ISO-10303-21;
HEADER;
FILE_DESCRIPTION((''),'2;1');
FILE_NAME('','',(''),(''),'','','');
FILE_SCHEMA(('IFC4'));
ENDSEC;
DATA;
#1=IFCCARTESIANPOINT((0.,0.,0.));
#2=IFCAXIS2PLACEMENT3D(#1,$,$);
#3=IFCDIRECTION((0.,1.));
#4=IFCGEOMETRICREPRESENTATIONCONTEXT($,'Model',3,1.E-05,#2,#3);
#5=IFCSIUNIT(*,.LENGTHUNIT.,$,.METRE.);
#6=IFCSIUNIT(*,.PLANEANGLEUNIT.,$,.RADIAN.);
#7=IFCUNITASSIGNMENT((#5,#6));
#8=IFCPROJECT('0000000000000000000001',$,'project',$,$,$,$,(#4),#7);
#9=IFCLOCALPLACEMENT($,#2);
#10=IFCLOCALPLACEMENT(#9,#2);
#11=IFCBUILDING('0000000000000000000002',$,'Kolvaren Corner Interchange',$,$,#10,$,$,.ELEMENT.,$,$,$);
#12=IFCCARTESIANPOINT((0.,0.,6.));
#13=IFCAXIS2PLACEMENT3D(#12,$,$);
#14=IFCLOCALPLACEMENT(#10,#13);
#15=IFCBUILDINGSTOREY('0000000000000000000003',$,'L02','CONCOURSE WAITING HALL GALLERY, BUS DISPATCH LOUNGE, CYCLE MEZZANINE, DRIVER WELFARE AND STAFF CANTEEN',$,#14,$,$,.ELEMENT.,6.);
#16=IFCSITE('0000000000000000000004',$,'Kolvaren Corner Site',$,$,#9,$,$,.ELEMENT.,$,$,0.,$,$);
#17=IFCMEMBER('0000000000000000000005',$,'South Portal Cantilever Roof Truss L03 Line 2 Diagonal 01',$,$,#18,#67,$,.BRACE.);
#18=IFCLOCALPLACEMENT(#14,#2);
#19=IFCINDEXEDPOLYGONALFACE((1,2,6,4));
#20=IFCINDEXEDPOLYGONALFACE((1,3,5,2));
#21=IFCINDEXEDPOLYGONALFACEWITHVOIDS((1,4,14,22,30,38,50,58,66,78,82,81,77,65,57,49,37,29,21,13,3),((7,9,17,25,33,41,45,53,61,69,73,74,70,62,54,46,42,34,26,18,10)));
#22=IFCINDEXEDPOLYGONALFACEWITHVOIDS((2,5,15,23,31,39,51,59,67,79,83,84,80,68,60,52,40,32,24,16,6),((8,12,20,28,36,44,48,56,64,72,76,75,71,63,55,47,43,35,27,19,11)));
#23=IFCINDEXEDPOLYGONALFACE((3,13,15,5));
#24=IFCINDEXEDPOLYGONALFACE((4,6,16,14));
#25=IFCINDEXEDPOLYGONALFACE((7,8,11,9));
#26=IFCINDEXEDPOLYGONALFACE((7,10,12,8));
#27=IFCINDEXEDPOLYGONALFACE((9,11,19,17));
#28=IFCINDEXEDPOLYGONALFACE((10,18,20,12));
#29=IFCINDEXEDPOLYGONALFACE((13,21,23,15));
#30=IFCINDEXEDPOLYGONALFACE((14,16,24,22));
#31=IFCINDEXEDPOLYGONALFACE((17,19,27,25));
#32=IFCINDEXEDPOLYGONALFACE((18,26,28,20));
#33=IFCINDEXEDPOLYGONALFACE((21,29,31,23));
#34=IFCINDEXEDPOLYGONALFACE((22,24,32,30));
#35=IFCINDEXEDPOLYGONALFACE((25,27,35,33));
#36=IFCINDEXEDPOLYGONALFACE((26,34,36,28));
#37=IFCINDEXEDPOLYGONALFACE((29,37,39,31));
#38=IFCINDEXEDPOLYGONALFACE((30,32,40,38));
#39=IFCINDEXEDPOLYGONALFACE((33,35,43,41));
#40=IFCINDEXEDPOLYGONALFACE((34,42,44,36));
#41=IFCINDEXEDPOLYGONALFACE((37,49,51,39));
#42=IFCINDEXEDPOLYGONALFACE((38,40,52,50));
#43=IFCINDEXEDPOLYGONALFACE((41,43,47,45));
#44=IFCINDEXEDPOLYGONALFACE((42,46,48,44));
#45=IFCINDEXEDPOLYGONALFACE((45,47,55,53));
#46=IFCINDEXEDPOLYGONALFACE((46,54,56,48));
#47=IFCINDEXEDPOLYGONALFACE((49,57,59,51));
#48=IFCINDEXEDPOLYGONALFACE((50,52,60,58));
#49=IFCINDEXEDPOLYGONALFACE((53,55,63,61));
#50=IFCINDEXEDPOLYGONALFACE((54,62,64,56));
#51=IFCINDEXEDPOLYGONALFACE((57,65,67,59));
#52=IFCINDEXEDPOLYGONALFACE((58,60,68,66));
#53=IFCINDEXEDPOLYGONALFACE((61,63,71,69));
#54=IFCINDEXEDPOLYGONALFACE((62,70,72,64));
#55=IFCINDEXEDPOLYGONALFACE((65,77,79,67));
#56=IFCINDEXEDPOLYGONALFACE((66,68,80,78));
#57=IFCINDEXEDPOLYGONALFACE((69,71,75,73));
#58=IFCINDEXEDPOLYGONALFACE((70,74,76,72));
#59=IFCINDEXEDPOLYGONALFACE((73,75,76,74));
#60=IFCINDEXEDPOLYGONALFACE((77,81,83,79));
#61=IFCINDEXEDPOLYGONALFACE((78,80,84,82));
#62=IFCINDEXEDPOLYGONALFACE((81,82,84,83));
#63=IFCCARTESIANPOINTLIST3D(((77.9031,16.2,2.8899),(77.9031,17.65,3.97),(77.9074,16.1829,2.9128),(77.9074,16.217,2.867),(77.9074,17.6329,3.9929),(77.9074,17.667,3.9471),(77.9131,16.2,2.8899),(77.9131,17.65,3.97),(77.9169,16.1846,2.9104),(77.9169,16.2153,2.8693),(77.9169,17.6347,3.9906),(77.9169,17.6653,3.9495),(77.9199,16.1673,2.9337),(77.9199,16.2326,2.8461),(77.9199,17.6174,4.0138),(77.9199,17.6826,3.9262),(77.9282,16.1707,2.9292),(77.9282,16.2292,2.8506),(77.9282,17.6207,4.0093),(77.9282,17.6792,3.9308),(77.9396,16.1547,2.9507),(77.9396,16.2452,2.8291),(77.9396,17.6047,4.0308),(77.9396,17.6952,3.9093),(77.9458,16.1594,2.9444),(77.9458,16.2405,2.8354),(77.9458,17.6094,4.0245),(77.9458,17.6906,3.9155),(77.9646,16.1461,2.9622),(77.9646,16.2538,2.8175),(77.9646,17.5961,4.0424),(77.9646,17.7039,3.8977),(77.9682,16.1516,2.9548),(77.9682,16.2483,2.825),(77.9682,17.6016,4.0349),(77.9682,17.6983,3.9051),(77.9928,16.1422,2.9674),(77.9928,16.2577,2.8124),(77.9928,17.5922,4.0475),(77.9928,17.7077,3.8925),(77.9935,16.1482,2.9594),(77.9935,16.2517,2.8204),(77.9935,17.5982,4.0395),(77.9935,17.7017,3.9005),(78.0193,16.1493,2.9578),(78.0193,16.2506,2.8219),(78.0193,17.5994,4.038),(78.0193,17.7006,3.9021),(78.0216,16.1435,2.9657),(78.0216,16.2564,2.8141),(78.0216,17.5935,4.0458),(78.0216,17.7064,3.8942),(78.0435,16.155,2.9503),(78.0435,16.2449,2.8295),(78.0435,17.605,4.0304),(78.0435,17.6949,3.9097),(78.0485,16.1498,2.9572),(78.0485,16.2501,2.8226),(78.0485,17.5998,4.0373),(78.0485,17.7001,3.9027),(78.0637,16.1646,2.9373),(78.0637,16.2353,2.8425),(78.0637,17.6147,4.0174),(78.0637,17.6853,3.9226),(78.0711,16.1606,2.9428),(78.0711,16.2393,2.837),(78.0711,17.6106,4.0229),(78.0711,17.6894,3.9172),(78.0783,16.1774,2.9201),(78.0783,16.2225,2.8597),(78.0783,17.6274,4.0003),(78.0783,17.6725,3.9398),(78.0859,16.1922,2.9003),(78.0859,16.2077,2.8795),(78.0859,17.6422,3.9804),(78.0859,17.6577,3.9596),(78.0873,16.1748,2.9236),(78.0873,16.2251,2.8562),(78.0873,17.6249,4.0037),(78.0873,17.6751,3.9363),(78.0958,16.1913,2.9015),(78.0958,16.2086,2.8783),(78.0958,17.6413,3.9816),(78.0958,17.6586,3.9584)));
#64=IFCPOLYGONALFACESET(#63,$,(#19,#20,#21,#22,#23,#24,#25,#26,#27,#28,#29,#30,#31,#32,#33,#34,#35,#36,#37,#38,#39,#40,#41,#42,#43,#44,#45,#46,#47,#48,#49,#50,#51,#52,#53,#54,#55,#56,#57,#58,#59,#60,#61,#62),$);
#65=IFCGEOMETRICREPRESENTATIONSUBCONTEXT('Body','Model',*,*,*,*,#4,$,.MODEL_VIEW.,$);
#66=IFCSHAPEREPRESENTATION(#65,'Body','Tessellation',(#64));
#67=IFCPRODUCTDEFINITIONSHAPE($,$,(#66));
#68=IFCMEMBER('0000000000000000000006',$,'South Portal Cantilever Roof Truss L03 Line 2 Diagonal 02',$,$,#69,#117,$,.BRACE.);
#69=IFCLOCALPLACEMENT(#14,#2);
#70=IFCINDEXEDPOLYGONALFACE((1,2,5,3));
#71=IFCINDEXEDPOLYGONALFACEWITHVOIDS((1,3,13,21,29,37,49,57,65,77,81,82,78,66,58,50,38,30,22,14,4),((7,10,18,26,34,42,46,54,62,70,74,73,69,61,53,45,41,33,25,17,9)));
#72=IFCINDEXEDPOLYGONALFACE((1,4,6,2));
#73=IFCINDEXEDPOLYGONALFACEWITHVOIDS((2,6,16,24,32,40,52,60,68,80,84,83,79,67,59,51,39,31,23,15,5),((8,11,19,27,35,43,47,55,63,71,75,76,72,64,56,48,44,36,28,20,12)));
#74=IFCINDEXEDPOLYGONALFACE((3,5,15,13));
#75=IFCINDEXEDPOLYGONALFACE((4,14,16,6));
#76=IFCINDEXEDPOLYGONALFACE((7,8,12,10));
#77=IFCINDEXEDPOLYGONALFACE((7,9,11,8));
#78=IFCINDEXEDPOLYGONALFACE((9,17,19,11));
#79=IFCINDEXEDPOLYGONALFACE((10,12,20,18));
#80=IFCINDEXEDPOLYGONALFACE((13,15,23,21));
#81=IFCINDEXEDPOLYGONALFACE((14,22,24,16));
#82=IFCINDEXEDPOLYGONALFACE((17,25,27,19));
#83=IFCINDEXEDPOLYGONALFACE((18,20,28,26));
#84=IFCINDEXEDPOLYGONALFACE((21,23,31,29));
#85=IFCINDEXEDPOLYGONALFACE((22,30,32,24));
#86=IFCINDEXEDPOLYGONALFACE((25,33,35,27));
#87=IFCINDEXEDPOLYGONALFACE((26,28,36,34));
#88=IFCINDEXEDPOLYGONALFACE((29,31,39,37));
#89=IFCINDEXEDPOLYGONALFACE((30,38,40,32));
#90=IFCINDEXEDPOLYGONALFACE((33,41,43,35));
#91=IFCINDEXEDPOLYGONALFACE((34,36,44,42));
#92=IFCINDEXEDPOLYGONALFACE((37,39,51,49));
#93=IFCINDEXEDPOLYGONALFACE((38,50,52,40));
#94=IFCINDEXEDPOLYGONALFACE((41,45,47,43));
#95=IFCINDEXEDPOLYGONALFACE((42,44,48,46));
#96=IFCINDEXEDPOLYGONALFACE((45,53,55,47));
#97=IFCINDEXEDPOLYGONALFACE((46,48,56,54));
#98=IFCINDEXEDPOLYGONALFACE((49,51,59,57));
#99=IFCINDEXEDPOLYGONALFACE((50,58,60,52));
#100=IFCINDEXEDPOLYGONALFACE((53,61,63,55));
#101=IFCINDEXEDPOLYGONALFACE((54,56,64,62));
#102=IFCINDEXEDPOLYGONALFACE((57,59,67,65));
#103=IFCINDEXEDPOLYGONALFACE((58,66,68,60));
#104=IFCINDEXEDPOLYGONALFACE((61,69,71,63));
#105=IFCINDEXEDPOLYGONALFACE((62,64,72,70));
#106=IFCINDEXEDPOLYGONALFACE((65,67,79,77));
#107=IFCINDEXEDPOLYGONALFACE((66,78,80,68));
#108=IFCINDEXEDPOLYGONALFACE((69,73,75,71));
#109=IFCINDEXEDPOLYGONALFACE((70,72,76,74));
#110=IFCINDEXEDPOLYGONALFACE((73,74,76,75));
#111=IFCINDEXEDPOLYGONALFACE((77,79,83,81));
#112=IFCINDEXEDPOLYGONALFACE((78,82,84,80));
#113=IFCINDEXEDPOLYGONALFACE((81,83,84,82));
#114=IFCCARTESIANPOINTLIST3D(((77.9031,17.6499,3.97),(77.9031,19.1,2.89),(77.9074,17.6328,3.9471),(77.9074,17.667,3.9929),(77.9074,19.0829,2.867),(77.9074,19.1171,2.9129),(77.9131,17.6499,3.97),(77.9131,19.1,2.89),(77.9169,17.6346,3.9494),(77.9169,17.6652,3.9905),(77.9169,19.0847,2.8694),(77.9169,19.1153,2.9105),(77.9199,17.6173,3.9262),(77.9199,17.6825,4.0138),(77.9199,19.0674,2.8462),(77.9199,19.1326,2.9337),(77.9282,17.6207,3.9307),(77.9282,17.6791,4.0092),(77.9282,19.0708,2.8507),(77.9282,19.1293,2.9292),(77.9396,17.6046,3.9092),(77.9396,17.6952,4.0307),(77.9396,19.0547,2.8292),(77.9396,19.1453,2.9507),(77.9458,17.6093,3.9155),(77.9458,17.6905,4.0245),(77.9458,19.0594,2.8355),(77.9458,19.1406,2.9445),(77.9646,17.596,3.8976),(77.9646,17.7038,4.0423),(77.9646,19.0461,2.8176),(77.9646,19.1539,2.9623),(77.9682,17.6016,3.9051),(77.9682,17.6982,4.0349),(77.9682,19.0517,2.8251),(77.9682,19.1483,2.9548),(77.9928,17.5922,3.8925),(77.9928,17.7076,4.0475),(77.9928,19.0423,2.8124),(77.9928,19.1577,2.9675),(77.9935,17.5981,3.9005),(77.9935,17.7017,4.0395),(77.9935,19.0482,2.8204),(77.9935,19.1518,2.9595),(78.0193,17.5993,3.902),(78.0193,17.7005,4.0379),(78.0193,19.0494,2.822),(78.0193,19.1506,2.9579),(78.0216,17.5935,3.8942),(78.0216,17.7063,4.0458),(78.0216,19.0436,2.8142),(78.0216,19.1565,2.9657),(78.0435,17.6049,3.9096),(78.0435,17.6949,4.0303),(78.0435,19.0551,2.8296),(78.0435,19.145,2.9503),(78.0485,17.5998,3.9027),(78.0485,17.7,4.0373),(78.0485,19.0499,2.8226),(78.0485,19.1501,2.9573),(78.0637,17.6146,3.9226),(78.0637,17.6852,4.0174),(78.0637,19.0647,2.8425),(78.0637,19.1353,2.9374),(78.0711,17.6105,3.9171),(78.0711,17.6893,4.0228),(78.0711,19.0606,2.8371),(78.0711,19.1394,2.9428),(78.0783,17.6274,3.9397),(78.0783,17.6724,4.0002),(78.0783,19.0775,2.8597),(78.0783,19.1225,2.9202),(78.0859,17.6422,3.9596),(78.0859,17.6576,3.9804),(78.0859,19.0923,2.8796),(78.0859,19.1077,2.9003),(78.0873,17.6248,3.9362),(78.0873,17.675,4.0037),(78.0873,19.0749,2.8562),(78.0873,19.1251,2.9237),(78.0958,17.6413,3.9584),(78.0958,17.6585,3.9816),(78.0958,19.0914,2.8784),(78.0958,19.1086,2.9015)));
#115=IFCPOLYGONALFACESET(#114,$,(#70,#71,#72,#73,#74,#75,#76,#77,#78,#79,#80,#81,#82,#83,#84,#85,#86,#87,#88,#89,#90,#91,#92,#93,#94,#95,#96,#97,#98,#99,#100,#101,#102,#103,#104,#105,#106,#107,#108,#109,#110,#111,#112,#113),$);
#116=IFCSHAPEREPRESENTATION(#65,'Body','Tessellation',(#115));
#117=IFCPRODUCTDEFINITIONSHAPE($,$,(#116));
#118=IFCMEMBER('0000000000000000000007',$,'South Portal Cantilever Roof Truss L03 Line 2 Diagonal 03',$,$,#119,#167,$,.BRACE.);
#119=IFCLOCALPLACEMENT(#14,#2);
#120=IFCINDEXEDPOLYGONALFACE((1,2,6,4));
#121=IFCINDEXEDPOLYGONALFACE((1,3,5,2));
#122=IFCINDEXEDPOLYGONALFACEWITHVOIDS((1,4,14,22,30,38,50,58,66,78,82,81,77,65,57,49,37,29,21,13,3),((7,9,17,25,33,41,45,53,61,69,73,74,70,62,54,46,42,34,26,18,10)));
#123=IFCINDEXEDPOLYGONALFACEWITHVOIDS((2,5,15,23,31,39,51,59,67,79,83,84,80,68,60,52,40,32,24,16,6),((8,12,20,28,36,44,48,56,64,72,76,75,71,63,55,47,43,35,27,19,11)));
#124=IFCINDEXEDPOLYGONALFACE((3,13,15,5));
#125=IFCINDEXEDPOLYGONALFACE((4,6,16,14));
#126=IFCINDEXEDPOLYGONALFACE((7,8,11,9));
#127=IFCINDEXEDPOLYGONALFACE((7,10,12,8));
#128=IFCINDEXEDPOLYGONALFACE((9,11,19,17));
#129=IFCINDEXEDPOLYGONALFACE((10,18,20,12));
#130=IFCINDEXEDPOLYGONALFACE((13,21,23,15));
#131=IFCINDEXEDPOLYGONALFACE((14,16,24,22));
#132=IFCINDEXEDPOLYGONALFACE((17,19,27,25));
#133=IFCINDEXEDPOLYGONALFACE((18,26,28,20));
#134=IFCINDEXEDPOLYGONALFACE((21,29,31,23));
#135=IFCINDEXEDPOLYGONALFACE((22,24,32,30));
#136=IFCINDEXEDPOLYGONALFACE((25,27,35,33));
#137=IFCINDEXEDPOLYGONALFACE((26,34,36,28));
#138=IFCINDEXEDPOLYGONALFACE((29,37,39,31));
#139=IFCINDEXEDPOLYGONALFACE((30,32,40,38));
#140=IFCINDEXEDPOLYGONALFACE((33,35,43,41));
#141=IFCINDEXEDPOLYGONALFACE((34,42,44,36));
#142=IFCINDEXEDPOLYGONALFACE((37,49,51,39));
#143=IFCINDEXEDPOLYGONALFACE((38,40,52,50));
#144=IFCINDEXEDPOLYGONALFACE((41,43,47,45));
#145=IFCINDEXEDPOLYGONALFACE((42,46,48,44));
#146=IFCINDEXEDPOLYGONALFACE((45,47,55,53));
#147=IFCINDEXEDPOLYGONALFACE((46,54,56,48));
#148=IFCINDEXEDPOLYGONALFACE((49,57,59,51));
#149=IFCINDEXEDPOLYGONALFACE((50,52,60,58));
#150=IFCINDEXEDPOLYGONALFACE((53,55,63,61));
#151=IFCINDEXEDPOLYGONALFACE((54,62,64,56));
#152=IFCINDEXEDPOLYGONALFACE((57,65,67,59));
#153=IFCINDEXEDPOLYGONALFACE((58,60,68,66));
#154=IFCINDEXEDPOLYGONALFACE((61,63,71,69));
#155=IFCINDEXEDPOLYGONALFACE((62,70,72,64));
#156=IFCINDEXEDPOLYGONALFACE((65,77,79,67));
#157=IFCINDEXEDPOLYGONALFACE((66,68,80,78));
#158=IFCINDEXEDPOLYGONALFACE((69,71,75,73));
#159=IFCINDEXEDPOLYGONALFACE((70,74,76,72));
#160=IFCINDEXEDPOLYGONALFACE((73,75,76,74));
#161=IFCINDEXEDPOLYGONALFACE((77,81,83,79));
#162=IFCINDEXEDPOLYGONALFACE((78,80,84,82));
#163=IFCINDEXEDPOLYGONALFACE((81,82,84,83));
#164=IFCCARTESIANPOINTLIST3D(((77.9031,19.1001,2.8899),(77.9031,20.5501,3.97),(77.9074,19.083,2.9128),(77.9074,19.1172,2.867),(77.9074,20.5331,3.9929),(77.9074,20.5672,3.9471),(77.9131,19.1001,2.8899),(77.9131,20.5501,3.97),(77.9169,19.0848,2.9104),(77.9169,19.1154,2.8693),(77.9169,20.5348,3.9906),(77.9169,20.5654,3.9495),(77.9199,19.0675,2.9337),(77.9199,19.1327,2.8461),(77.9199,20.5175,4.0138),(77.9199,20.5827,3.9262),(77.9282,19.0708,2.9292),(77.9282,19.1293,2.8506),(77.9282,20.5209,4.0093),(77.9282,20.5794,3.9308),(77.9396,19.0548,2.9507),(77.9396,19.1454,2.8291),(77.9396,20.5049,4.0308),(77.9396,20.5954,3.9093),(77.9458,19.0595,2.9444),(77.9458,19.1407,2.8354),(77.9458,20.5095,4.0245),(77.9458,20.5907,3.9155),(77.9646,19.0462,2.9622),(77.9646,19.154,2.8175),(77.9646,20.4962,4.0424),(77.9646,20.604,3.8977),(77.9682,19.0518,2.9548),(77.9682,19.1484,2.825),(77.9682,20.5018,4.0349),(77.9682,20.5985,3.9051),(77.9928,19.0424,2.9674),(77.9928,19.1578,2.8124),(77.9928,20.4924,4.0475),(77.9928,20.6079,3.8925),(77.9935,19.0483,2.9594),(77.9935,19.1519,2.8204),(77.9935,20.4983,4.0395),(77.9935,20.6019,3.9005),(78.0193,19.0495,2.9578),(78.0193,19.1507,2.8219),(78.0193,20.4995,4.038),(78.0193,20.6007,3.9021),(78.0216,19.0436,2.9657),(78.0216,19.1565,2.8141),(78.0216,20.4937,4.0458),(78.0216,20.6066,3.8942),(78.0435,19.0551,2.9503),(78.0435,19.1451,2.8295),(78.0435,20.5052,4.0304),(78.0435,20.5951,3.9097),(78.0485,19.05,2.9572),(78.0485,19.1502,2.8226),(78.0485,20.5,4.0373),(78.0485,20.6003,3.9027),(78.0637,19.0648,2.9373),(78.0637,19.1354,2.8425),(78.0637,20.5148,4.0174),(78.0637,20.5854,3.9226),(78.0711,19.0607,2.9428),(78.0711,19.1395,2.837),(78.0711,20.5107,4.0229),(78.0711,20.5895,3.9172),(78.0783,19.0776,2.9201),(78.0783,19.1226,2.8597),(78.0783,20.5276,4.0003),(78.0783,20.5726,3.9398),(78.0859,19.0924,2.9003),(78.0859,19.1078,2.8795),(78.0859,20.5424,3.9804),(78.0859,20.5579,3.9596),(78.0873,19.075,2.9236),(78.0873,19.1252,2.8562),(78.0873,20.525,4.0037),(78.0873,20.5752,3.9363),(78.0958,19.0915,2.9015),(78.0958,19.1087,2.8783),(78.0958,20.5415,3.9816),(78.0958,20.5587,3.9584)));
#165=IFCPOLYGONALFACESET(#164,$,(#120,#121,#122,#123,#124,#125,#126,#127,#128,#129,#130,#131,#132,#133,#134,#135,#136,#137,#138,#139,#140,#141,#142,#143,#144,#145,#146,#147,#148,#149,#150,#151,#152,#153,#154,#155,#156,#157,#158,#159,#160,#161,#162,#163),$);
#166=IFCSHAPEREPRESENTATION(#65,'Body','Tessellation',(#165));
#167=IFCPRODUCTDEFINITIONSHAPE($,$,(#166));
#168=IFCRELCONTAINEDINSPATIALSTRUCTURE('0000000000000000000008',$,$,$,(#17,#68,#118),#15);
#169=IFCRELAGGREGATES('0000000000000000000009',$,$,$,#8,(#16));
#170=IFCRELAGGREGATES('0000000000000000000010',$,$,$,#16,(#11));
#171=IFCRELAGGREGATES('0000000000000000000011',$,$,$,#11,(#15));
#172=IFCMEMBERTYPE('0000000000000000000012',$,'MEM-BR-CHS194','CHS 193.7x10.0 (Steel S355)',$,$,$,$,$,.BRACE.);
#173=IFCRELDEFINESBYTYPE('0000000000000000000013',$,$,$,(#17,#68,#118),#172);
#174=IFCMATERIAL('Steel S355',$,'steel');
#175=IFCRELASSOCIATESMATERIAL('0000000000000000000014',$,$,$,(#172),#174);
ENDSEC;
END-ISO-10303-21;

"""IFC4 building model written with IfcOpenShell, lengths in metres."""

from ifc_helpers import new_model, si_unit, direction, frame, origin, origin_2d, place, context, subcontext, project, spatial, hollow_circle, extrude, material, material_profile, profile_set, type_object, element, save


model = new_model("IFC4")

# Units and contexts
model_context = context("Model", 3, precision=1e-05, world=origin(), true_north=direction((0.0, 1.0)))
body_context = subcontext(model_context, "Body", "Model", "MODEL_VIEW")
ifc_project = project(units=[si_unit("LENGTHUNIT", "METRE"), si_unit("PLANEANGLEUNIT", "RADIAN")], contexts=[model_context])

# Site, building, storey
site_placement = place(None, origin())
site = spatial("IfcSite", under=ifc_project, at=site_placement, Name="Kolvaren Corner Site", CompositionType="ELEMENT", RefElevation=0.0)
building_placement = place(site_placement, origin())
building = spatial("IfcBuilding", under=site, at=building_placement, Name="Kolvaren Corner Interchange", CompositionType="ELEMENT")
storey_placement = place(building_placement, frame((0.0, 0.0, 6.0)))
storey = spatial("IfcBuildingStorey", under=building, at=storey_placement, Name="L02", Description="CONCOURSE WAITING HALL GALLERY, BUS DISPATCH LOUNGE, CYCLE MEZZANINE, DRIVER WELFARE AND STAFF CANTEEN", CompositionType="ELEMENT", Elevation=6.0)

# Members
ifc_material_1 = material(Name="Steel S355", Category="steel")
ifc_material_profile_1 = material_profile(ifc_material_1, hollow_circle(Radius=0.0969, WallThickness=0.01, at=origin_2d()), Name="CHS 193.7x10.0")
ifc_profile_set_1 = profile_set([ifc_material_profile_1], Name="Steel S355")
member_type_1 = type_object("IfcMemberType", Name="MEM-BR-CHS194", Description="CHS 193.7x10.0 (Steel S355)", PredefinedType="BRACE", material=ifc_profile_set_1)
for number, where, z_axis, x_axis, name in (
    (1, (78.0, 16.2, 2.8899), (0.0, 0.801956, 0.597383), (-1.0, 0.0, 0.0), "South Portal Cantilever Roof Truss L03 Line 2 Diagonal 01"),
    (2, (78.0, 17.6499, 3.97), (0.0, 0.802005, -0.597318), (-1.0, 0.0, 0.0), "South Portal Cantilever Roof Truss L03 Line 2 Diagonal 02"),
    (3, (78.0, 19.1001, 2.8899), (0.0, 0.801956, 0.597383), (-1.0, 0.0, 0.0), "South Portal Cantilever Roof Truss L03 Line 2 Diagonal 03"),
):
    element("IfcMember", number, at=place(storey_placement, frame(where, z_axis=z_axis, x_axis=x_axis)), inside=storey, type_object=member_type_1, Name=name, PredefinedType="BRACE", context=body_context, shape_type="SweptSolid", body=[
        extrude(hollow_circle(Radius=0.0969, WallThickness=0.01, at=origin_2d()), origin(), (0.0, 0.0, 1.0), 1.8081),
    ])

save(model, "model.ifc")
